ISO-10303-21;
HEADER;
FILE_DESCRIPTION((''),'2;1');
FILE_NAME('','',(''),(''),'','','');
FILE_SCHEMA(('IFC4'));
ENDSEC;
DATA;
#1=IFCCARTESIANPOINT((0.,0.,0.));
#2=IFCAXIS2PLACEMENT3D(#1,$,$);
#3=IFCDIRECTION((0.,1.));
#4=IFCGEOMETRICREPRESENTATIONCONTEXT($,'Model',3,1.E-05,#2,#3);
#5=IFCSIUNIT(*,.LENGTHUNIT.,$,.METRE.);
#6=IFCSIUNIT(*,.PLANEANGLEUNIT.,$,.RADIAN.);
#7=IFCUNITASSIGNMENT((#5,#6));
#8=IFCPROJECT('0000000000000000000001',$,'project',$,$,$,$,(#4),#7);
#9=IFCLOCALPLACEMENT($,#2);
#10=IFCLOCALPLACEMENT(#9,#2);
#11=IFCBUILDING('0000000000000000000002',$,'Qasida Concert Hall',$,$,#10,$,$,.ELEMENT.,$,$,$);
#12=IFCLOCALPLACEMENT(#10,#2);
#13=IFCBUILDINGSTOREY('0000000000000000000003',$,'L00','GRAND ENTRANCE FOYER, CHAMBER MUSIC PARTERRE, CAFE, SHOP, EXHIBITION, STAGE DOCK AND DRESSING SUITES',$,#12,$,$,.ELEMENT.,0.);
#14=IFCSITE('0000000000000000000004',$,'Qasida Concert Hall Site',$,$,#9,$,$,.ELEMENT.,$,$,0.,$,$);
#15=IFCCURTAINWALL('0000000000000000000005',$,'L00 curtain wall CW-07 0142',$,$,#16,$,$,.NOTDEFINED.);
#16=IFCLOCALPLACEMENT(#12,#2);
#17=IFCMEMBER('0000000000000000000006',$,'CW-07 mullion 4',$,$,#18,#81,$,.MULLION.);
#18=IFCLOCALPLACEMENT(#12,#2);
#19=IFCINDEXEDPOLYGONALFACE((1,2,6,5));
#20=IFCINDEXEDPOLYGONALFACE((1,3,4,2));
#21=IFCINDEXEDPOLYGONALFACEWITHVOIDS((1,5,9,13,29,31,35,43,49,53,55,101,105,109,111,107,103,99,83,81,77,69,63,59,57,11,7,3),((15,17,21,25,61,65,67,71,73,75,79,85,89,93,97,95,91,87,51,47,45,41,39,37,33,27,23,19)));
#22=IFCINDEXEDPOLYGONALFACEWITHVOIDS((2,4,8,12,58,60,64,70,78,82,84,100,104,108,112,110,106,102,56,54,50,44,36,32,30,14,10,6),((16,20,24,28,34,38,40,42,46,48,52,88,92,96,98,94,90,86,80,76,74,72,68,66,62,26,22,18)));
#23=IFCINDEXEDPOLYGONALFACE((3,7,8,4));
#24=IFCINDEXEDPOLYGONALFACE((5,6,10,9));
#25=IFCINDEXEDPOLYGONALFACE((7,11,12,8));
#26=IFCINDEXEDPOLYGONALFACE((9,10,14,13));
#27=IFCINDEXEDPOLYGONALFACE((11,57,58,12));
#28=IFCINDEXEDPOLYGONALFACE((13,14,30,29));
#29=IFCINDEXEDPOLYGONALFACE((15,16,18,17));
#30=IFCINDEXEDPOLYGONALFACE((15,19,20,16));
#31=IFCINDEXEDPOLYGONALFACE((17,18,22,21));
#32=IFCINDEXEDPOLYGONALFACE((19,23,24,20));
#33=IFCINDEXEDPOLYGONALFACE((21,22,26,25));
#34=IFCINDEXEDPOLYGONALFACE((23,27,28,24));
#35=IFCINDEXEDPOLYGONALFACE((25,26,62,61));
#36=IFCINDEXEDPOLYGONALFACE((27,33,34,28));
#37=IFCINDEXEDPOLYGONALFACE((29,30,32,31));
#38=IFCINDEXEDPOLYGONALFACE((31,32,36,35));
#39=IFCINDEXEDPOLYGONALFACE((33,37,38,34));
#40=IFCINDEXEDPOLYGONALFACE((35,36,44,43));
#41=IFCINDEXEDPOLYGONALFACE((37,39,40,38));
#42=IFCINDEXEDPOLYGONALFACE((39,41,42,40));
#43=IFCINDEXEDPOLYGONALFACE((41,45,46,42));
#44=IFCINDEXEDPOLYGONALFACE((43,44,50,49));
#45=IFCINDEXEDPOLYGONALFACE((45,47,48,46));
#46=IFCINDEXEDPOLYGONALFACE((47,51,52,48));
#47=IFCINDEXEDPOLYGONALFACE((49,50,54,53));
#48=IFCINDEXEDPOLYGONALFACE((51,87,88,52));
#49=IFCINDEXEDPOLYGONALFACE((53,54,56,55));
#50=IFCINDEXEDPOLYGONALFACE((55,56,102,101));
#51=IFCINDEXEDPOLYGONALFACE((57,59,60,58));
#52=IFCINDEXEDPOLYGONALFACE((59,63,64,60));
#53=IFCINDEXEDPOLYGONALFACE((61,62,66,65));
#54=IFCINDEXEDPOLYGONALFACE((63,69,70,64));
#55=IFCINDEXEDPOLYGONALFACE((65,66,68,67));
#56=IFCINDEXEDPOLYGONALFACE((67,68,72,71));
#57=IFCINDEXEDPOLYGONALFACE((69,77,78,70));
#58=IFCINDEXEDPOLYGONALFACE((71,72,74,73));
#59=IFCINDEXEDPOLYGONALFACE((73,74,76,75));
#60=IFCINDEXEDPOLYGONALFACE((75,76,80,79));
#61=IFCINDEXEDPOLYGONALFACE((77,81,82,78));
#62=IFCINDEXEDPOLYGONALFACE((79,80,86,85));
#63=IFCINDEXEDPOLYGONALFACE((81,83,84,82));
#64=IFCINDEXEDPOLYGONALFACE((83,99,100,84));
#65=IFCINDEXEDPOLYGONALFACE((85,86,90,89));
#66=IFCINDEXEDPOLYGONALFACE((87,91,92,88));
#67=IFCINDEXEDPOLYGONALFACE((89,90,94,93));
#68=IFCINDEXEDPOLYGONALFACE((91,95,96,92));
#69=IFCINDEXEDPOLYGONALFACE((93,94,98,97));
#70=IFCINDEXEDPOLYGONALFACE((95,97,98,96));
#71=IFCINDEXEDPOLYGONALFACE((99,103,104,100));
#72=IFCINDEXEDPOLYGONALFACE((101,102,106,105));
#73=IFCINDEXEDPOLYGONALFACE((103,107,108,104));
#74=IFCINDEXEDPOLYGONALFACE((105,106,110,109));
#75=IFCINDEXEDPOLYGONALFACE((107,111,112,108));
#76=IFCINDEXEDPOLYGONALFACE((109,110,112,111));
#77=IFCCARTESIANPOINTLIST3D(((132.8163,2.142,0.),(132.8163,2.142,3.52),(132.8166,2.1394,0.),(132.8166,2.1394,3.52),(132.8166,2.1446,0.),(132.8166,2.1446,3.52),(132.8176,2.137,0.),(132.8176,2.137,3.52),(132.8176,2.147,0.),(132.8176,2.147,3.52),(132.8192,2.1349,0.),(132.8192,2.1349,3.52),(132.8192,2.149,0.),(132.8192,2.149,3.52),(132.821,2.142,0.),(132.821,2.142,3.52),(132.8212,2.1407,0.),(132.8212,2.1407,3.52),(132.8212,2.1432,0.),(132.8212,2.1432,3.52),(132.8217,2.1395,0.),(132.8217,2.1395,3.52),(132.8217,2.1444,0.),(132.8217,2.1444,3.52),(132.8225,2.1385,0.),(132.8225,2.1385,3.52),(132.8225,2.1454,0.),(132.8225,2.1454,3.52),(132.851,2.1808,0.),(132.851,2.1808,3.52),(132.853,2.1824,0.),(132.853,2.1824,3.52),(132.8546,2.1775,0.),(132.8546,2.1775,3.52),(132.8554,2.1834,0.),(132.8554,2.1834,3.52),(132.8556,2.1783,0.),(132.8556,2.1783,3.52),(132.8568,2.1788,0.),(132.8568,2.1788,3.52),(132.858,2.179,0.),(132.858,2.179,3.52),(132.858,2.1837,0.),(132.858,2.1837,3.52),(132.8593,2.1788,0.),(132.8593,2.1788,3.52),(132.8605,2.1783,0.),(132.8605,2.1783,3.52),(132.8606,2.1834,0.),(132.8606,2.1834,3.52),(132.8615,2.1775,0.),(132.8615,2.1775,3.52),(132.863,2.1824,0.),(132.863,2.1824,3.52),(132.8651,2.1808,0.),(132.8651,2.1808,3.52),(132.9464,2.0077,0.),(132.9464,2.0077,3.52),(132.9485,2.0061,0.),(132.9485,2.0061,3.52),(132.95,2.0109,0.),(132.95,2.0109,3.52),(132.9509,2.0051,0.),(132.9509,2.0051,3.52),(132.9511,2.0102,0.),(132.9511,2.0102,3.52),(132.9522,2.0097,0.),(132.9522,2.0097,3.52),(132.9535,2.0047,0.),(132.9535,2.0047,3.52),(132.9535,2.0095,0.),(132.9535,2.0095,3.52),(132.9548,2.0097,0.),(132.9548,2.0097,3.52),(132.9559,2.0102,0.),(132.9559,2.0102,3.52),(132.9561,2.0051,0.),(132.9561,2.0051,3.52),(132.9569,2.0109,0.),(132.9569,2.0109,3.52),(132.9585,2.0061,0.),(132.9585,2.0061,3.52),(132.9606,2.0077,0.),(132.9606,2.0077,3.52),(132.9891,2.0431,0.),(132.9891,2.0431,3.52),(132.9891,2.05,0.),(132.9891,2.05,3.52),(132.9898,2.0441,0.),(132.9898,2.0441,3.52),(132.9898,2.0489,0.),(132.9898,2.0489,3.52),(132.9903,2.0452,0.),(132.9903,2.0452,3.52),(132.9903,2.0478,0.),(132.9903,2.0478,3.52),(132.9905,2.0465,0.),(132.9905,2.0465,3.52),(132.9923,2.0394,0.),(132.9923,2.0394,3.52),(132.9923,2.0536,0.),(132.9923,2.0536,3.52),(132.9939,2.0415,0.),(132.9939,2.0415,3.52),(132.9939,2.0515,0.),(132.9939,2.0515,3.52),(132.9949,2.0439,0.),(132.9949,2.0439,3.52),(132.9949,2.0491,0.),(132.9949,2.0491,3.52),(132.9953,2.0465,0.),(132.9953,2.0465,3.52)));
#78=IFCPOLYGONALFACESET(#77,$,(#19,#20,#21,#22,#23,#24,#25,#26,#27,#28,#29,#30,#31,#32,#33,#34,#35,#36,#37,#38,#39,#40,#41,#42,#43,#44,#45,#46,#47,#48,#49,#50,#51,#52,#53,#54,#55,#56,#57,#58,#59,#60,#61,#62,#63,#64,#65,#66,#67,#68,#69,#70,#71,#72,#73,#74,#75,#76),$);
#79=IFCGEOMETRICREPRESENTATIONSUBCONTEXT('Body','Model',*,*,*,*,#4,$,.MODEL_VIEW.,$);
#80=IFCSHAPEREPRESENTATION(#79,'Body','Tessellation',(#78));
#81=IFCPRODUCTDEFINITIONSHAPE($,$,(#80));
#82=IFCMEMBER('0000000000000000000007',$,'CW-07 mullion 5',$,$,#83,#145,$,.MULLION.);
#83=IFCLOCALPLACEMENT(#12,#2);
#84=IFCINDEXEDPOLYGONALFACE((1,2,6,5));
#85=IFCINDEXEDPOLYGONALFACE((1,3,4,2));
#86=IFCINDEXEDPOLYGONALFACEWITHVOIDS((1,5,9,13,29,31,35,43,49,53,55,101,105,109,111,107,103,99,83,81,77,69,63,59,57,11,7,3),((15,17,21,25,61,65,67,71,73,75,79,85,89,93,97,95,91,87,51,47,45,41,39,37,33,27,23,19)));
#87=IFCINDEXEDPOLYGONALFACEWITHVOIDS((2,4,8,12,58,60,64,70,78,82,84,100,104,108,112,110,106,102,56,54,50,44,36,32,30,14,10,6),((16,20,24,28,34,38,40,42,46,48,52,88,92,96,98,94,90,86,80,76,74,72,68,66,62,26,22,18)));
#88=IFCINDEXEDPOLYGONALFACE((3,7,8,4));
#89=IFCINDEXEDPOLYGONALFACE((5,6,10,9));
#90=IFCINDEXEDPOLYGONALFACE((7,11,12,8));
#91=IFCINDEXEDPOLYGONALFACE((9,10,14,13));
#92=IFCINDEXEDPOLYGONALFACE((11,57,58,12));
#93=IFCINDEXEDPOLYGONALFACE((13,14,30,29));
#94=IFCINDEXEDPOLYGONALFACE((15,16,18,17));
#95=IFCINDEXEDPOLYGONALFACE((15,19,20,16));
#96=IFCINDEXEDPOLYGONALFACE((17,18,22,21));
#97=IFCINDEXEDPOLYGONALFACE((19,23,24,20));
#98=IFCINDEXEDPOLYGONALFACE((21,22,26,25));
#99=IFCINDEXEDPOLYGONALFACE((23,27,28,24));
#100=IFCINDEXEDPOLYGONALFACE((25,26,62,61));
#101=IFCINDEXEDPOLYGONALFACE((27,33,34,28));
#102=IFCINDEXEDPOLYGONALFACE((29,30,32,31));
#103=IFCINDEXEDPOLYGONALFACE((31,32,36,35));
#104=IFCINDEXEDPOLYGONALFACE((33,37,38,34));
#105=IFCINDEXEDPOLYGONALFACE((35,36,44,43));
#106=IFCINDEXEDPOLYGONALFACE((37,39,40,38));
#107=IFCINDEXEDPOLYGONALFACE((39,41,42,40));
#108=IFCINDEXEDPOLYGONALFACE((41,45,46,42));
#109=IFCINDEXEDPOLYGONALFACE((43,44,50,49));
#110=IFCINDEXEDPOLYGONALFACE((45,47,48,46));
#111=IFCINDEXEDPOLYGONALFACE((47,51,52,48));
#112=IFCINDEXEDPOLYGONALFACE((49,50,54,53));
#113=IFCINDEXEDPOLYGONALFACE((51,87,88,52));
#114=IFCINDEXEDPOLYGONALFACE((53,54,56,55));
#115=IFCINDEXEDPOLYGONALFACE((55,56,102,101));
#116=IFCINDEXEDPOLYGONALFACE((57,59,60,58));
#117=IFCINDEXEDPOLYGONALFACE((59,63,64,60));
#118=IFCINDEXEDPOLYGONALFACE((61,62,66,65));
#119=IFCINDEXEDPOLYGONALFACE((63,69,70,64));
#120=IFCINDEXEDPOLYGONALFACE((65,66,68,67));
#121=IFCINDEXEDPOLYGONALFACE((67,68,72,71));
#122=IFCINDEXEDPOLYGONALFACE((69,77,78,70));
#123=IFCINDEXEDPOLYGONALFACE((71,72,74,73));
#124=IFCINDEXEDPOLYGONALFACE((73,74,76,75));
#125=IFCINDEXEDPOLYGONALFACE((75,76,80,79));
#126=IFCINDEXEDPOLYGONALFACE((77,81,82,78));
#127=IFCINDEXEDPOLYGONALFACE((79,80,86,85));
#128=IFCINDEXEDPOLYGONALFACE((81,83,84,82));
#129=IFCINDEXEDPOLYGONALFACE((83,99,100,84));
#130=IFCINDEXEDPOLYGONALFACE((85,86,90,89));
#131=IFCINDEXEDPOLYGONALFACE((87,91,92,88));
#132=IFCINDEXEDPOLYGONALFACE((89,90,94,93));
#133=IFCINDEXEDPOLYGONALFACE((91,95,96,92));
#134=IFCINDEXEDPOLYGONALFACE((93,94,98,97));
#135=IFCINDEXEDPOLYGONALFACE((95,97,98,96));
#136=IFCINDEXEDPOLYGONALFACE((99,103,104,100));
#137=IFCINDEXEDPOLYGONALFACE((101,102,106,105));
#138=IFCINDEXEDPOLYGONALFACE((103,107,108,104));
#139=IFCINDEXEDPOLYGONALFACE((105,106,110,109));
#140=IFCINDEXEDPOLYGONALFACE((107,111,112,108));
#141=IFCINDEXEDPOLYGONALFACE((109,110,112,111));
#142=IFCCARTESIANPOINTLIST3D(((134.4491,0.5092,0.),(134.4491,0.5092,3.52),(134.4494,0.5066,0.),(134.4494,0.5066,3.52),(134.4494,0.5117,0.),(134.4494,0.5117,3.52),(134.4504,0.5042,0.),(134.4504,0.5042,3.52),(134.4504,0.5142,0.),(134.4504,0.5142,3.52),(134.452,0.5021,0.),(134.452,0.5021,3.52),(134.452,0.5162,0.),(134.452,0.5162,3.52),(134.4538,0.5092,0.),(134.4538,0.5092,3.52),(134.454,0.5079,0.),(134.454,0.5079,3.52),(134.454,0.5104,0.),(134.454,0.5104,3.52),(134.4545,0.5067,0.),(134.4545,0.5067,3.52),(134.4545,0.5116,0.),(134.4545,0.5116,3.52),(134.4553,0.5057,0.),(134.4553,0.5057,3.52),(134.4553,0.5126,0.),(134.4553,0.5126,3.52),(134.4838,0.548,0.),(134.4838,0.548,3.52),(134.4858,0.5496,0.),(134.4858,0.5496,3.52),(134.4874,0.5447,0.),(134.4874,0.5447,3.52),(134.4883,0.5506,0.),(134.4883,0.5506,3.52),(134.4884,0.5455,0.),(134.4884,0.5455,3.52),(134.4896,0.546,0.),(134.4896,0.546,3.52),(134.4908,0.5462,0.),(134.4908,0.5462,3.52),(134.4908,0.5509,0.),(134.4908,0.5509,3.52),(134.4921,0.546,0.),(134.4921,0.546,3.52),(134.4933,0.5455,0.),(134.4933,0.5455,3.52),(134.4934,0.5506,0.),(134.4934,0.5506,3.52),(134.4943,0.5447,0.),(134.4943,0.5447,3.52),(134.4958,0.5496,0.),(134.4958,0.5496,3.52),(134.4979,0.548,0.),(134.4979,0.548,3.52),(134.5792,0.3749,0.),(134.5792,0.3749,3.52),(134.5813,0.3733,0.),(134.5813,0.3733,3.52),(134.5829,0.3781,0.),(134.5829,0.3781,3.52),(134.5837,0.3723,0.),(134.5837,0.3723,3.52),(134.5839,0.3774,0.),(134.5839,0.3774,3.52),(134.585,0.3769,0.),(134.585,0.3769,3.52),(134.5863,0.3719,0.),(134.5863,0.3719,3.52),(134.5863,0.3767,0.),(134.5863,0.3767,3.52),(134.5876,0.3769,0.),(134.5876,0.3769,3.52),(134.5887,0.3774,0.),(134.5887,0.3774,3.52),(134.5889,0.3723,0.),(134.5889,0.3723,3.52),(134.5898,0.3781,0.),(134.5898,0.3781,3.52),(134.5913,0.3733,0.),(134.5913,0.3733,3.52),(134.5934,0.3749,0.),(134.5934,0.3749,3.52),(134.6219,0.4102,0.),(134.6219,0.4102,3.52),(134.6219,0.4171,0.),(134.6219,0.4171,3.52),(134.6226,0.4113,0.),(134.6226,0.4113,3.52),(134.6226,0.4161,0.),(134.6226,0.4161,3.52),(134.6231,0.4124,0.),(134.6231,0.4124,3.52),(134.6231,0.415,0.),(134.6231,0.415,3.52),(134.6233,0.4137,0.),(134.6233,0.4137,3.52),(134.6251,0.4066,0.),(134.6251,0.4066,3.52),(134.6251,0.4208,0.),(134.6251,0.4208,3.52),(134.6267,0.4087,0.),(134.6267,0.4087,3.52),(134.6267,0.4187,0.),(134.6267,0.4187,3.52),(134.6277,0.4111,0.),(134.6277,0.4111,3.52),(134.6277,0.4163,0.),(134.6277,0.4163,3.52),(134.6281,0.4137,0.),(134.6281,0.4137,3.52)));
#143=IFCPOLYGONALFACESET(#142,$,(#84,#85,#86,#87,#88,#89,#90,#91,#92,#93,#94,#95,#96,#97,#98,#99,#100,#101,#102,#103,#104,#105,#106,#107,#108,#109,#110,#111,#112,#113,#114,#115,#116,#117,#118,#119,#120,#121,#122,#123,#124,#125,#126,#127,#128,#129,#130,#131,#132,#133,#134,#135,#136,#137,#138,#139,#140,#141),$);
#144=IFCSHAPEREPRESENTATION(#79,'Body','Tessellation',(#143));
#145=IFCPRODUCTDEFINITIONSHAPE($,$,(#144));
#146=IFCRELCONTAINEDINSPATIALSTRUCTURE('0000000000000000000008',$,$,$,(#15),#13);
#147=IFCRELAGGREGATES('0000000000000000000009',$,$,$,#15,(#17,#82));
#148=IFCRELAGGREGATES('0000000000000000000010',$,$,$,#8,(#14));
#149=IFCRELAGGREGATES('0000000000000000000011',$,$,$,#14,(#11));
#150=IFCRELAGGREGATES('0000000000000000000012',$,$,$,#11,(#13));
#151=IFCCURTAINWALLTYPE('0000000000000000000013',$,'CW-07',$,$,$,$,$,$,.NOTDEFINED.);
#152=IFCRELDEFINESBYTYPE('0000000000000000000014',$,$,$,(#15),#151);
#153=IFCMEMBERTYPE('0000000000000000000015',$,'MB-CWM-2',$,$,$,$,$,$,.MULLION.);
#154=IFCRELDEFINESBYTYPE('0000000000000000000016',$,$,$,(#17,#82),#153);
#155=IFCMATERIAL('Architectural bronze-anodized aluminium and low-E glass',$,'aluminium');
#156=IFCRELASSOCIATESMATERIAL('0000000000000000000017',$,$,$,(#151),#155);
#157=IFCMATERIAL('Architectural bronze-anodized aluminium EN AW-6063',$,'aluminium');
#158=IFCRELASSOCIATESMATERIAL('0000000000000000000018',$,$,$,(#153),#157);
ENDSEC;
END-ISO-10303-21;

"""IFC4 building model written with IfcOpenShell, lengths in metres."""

from ifc_helpers import new_model, si_unit, direction, frame, origin, origin_2d, place, context, subcontext, project, spatial, hollow_rectangle, extrude, material, material_profile, profile_set, type_object, element, aggregate, save


model = new_model("IFC4")

# Units and contexts
model_context = context("Model", 3, precision=1e-05, world=origin(), true_north=direction((0.0, 1.0)))
body_context = subcontext(model_context, "Body", "Model", "MODEL_VIEW")
ifc_project = project(units=[si_unit("LENGTHUNIT", "METRE"), si_unit("PLANEANGLEUNIT", "RADIAN")], contexts=[model_context])

# Site, building, storey
site_placement = place(None, origin())
site = spatial("IfcSite", under=ifc_project, at=site_placement, Name="Qasida Concert Hall Site", CompositionType="ELEMENT", RefElevation=0.0)
building_placement = place(site_placement, origin())
building = spatial("IfcBuilding", under=site, at=building_placement, Name="Qasida Concert Hall", CompositionType="ELEMENT")
storey_placement = place(building_placement, origin())
storey = spatial("IfcBuildingStorey", under=building, at=storey_placement, Name="L00", Description="GRAND ENTRANCE FOYER, CHAMBER MUSIC PARTERRE, CAFE, SHOP, EXHIBITION, STAGE DOCK AND DRESSING SUITES", CompositionType="ELEMENT", Elevation=0.0)

# Curtain wall, members
ifc_material_1 = material(Name="Architectural bronze-anodized aluminium and low-E glass", Category="aluminium")
curtain_wall_type = type_object("IfcCurtainWallType", Name="CW-07", PredefinedType="NOTDEFINED", material=ifc_material_1)
curtain_wall_placement = place(storey_placement, origin())
curtain_wall = element("IfcCurtainWall", 1, at=curtain_wall_placement, inside=storey, type_object=curtain_wall_type, Name="L00 curtain wall CW-07 0142", PredefinedType="NOTDEFINED")
ifc_material_2 = material(Name="Architectural bronze-anodized aluminium EN AW-6063", Category="aluminium")
ifc_material_profile_1 = material_profile(ifc_material_2, hollow_rectangle(XDim=0.0649, YDim=0.2, WallThickness=0.0049, InnerFilletRadius=0.0049, OuterFilletRadius=0.01, at=origin_2d()), Name="CWM 200x65x5")
ifc_profile_set_1 = profile_set([ifc_material_profile_1], Name="Architectural bronze-anodized aluminium EN AW-6063")
member_type_1 = type_object("IfcMemberType", Name="MB-CWM-2", PredefinedType="MULLION", material=ifc_profile_set_1)
member_1_placement = place(storey_placement, frame((132.9058, 2.0942, 0.0), z_axis=(0.0, 0.0, 1.0), x_axis=(0.707107, 0.707107, 0.0)))
member_1 = element("IfcMember", 2, at=member_1_placement, type_object=member_type_1, Name="CW-07 mullion 4", PredefinedType="MULLION", context=body_context, shape_type="SweptSolid", body=[
    extrude(hollow_rectangle(XDim=0.0649, YDim=0.2, WallThickness=0.0049, InnerFilletRadius=0.0049, OuterFilletRadius=0.01, at=origin_2d()), origin(), (0.0, 0.0, 1.0), 3.52),
])
member_2_placement = place(storey_placement, frame((134.5386, 0.4614, 0.0), z_axis=(0.0, 0.0, 1.0), x_axis=(0.707107, 0.707107, 0.0)))
member_2 = element("IfcMember", 3, at=member_2_placement, type_object=member_type_1, Name="CW-07 mullion 5", PredefinedType="MULLION", context=body_context, shape_type="SweptSolid", body=[
    extrude(hollow_rectangle(XDim=0.0649, YDim=0.2, WallThickness=0.0049, InnerFilletRadius=0.0049, OuterFilletRadius=0.01, at=origin_2d()), origin(), (0.0, 0.0, 1.0), 3.52),
])
aggregate(curtain_wall, [member_1, member_2])

save(model, "model.ifc")
